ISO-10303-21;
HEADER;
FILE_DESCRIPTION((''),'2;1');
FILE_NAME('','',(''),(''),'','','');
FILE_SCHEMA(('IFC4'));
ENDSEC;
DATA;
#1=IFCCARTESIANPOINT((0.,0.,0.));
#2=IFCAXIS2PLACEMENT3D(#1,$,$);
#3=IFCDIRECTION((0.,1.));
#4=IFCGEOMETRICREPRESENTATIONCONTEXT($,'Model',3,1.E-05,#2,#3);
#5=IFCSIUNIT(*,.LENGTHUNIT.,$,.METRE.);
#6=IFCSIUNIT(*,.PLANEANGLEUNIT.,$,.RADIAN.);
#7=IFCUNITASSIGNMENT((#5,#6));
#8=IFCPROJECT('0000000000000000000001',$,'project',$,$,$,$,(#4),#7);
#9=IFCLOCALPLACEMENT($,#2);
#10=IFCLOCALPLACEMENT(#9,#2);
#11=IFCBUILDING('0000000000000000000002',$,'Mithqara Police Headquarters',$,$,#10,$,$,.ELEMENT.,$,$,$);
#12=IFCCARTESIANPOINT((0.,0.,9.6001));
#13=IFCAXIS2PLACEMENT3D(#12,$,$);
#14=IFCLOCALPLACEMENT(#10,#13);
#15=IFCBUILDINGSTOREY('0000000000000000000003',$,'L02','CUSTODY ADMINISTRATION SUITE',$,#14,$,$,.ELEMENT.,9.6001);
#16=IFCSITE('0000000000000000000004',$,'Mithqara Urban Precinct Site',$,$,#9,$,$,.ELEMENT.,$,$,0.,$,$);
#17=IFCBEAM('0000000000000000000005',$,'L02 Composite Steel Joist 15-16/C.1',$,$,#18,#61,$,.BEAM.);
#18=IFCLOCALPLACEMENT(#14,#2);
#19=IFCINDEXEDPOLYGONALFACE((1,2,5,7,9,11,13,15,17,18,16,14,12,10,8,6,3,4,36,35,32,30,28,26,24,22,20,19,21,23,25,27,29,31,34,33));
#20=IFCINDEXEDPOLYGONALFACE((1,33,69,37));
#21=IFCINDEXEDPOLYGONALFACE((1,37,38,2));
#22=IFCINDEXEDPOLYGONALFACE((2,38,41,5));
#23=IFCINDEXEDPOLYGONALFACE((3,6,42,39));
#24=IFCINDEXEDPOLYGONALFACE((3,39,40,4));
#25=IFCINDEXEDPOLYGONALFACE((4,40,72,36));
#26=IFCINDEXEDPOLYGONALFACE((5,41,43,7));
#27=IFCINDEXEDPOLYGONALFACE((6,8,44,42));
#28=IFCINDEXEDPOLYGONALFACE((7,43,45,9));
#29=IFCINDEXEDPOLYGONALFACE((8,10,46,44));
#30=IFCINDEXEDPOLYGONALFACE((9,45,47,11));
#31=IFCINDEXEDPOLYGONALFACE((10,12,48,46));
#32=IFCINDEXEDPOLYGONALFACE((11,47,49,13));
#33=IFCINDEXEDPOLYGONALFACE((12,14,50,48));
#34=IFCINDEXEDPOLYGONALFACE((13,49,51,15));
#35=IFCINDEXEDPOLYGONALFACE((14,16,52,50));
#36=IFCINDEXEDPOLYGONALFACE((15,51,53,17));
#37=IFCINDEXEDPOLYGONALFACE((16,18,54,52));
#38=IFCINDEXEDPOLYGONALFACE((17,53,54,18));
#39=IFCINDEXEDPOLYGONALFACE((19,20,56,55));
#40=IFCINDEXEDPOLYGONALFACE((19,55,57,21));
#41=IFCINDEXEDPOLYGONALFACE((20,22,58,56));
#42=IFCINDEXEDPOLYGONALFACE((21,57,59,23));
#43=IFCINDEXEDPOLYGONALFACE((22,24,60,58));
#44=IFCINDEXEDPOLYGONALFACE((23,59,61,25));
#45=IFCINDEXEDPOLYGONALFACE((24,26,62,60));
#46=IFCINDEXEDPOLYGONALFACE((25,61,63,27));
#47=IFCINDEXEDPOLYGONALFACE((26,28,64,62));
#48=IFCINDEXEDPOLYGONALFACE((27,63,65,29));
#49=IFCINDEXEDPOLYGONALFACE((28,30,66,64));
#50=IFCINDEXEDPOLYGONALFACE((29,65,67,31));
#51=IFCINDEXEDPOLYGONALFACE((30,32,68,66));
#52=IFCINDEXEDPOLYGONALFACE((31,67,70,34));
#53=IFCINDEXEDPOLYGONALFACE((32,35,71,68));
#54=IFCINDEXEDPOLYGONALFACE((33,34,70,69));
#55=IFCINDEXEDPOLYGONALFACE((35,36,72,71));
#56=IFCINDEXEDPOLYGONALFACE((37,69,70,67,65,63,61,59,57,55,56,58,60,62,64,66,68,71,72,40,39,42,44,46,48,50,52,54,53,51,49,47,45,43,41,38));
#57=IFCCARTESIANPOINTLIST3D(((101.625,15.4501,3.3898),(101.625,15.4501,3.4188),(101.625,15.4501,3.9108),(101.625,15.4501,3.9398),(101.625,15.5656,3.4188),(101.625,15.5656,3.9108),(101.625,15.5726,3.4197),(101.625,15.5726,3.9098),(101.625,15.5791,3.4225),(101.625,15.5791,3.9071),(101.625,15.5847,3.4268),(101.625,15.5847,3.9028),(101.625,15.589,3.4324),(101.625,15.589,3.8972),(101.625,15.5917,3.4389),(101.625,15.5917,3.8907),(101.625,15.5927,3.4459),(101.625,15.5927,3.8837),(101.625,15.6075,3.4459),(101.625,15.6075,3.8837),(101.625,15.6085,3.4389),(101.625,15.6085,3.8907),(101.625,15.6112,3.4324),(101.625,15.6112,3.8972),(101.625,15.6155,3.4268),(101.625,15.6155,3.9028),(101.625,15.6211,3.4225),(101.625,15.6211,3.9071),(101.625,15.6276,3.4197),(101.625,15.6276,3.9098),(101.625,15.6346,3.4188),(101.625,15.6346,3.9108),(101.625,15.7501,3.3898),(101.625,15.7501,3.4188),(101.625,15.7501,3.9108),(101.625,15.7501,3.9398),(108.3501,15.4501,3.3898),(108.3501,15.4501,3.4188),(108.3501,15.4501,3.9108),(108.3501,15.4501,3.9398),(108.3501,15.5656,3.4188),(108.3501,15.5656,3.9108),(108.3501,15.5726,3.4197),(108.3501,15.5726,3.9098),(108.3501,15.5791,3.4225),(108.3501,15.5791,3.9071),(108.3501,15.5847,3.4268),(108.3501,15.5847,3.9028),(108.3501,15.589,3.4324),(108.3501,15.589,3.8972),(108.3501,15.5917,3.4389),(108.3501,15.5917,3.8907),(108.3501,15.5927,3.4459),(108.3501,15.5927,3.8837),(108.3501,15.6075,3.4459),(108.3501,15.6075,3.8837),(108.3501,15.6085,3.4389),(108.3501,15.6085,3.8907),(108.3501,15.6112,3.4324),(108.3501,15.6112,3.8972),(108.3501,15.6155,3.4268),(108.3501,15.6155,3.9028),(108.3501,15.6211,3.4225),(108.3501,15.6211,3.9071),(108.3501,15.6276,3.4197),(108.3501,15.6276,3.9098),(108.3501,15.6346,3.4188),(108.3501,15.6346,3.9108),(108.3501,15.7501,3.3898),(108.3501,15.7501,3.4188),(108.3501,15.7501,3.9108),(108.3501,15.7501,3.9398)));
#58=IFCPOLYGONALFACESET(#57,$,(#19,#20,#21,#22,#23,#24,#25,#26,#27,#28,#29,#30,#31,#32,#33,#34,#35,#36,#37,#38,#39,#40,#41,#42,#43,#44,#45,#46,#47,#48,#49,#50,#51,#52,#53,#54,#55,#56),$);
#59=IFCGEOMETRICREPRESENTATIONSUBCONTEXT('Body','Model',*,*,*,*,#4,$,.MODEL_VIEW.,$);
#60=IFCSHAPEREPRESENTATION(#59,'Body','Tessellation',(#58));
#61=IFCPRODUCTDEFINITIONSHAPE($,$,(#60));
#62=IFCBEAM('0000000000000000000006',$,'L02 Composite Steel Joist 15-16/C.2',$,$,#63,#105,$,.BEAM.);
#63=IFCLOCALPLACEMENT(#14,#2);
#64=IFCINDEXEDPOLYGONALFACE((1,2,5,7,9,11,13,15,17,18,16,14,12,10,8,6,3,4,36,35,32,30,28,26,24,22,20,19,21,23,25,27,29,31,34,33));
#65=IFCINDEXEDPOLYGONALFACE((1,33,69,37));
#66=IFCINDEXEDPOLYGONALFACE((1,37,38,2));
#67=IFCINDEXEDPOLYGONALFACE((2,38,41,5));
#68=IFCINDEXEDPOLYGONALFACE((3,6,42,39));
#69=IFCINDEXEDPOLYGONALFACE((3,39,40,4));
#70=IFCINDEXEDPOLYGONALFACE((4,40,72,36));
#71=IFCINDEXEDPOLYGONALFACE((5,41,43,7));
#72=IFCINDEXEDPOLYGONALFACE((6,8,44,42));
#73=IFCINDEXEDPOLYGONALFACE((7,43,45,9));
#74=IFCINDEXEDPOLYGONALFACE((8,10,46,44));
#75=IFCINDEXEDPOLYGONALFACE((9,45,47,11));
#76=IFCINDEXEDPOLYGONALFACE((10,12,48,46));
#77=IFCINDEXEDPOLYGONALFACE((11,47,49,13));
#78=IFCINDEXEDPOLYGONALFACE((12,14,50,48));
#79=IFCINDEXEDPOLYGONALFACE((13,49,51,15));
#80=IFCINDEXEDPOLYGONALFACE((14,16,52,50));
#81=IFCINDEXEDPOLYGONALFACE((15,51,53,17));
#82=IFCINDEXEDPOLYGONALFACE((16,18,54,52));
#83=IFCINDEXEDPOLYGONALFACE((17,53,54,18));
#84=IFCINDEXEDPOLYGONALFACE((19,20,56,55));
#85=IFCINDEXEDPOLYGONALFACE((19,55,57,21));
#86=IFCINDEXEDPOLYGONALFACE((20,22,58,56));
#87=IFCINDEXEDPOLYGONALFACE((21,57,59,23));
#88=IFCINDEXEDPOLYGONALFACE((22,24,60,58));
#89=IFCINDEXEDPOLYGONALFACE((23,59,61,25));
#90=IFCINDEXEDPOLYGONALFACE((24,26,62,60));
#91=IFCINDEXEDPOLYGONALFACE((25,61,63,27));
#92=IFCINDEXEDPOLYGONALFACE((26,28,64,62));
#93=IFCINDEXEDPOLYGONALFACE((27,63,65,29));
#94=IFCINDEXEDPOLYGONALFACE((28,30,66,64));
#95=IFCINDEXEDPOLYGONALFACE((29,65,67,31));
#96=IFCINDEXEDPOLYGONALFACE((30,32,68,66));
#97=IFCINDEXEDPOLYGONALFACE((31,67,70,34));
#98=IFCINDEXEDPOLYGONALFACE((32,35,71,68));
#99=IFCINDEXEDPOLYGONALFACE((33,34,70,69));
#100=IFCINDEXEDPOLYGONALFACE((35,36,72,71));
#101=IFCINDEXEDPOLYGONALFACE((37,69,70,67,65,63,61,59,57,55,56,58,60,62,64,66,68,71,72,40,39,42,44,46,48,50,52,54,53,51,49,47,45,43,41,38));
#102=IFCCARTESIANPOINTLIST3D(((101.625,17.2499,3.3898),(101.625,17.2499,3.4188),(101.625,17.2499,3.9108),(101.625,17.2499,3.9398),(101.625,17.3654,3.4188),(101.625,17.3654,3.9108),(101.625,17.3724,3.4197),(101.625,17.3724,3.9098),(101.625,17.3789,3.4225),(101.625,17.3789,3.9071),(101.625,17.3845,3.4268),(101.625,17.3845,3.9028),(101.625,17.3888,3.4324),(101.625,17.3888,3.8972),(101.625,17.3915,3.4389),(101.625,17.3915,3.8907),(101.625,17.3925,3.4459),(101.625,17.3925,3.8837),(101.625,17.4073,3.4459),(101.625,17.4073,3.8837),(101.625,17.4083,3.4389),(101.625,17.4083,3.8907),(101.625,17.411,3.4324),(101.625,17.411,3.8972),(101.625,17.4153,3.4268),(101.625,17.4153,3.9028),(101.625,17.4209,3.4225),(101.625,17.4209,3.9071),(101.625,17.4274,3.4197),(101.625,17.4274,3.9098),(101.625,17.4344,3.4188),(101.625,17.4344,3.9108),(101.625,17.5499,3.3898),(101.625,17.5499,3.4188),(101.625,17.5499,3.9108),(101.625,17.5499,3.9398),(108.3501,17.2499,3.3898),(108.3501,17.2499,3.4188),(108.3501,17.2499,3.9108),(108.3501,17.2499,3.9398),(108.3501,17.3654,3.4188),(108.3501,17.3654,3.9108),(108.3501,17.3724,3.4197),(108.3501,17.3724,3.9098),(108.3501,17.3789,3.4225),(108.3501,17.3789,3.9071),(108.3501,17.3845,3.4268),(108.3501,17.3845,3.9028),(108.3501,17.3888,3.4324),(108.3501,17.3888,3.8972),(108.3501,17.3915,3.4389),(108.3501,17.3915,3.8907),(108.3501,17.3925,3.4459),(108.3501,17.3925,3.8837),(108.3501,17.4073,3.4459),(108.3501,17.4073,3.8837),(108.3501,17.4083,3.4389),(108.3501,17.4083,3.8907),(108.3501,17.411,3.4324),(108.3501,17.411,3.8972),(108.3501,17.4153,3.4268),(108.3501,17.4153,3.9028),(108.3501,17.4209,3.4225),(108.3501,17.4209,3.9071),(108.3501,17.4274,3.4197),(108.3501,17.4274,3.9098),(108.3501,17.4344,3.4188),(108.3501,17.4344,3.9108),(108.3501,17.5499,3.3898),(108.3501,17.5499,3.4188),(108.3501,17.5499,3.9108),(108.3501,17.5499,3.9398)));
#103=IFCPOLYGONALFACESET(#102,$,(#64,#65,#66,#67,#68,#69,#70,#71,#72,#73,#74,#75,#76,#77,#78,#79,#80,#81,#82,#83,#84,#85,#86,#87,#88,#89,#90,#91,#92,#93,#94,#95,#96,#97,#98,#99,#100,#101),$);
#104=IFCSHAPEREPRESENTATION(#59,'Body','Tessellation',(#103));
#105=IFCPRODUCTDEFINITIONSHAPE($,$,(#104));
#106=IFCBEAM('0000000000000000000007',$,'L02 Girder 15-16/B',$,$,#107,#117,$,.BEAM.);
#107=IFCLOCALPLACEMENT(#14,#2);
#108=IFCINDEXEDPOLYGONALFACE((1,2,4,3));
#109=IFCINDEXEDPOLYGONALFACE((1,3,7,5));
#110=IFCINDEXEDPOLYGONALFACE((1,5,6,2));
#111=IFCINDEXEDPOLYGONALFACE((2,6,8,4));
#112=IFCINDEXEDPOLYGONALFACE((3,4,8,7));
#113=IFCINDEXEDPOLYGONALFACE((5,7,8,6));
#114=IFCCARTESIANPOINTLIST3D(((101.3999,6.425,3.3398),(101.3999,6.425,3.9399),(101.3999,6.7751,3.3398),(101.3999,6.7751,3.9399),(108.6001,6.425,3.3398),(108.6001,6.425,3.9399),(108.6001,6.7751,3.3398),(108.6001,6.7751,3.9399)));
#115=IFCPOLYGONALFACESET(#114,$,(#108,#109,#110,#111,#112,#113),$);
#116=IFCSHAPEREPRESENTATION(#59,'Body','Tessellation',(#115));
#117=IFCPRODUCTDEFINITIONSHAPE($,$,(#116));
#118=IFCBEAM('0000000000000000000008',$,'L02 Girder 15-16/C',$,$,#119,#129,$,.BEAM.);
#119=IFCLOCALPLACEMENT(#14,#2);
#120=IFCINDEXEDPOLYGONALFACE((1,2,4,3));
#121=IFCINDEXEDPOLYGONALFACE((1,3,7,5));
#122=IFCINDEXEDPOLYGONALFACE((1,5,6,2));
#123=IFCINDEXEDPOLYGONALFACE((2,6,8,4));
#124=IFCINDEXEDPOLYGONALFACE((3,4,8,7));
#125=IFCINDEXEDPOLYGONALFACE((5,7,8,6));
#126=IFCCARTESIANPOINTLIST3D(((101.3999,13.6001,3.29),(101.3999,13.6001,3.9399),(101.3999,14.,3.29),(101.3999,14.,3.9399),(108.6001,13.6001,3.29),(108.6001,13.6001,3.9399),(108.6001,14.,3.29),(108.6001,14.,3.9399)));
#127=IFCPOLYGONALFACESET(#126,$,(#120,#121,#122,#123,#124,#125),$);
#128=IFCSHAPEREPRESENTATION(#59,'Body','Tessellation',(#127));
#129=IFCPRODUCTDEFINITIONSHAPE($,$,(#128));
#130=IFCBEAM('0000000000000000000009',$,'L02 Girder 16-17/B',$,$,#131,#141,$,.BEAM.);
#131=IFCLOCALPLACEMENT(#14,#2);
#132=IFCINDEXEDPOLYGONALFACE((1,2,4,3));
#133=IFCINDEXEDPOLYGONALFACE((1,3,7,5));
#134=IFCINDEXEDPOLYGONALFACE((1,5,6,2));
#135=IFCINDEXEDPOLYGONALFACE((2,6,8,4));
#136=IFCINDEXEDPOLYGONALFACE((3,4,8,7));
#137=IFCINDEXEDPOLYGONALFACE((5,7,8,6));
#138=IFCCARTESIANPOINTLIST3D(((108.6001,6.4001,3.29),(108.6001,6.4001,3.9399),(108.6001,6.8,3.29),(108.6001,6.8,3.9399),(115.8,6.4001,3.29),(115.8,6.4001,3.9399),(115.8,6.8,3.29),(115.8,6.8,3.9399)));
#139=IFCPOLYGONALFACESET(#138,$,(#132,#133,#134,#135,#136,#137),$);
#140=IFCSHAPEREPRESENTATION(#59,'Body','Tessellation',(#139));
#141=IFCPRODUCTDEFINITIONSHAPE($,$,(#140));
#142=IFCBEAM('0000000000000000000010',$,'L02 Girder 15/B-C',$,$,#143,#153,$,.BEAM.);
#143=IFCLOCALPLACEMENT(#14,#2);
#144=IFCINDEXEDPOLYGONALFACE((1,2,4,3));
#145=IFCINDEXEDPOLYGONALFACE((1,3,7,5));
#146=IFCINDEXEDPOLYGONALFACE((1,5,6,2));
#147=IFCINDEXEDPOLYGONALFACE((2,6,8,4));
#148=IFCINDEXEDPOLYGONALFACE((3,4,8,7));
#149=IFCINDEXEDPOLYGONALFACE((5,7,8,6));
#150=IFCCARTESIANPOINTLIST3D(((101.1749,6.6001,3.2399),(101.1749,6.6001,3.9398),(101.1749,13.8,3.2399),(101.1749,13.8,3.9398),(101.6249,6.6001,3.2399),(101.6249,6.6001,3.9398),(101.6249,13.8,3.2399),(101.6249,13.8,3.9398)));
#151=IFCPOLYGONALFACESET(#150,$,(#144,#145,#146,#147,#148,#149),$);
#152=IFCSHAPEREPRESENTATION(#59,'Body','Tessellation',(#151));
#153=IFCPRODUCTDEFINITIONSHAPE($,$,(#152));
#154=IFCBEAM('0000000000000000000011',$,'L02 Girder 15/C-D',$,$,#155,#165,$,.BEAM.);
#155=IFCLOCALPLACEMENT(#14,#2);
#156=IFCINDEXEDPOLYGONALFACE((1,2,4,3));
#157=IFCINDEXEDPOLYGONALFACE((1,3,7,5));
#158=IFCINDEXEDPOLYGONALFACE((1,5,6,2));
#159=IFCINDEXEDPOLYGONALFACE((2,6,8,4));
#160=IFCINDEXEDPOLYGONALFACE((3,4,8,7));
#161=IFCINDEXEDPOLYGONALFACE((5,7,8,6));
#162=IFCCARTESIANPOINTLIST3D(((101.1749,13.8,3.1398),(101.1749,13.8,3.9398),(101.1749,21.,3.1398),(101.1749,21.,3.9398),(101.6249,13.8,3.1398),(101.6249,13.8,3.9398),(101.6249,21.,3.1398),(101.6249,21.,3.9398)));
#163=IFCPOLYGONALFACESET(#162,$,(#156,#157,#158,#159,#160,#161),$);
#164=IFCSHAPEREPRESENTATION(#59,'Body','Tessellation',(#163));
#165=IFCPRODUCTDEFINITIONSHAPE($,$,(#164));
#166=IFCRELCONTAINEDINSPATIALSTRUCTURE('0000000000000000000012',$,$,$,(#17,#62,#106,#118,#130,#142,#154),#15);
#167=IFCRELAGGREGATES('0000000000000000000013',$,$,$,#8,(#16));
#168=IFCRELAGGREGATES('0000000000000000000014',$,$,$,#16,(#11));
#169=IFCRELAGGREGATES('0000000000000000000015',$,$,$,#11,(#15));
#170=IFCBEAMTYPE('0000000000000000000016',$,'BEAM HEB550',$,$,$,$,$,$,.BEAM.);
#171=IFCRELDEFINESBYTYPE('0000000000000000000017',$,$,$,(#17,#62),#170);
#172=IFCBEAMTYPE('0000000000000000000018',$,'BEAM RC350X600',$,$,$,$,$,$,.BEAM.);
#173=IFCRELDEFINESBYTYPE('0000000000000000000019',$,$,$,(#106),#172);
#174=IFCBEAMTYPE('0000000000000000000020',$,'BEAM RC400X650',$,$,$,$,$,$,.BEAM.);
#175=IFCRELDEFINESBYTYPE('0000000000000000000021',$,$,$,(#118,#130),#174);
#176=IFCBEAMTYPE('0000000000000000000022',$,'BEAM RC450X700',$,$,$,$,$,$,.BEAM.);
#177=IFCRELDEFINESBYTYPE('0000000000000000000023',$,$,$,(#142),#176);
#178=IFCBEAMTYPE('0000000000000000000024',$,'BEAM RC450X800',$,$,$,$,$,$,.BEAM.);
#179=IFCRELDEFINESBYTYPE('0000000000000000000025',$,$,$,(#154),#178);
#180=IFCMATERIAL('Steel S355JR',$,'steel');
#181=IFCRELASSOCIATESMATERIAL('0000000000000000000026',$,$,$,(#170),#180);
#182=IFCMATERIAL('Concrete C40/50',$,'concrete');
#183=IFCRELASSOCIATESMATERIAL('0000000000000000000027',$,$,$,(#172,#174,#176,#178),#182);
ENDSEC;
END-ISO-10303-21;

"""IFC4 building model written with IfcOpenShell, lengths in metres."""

from ifc_helpers import new_model, si_unit, direction, frame, origin, origin_2d, place, context, subcontext, project, spatial, rectangle, i_section, extrude, material, material_profile, profile_set, type_object, element, save


model = new_model("IFC4")

# Units and contexts
model_context = context("Model", 3, precision=1e-05, world=origin(), true_north=direction((0.0, 1.0)))
body_context = subcontext(model_context, "Body", "Model", "MODEL_VIEW")
ifc_project = project(units=[si_unit("LENGTHUNIT", "METRE"), si_unit("PLANEANGLEUNIT", "RADIAN")], contexts=[model_context])

# Site, building, storey
site_placement = place(None, origin())
site = spatial("IfcSite", under=ifc_project, at=site_placement, Name="Mithqara Urban Precinct Site", CompositionType="ELEMENT", RefElevation=0.0)
building_placement = place(site_placement, origin())
building = spatial("IfcBuilding", under=site, at=building_placement, Name="Mithqara Police Headquarters", CompositionType="ELEMENT")
storey_placement = place(building_placement, frame((0.0, 0.0, 9.6001)))
storey = spatial("IfcBuildingStorey", under=building, at=storey_placement, Name="L02", Description="CUSTODY ADMINISTRATION SUITE", CompositionType="ELEMENT", Elevation=9.6001)

# Beams
ifc_material_1 = material(Name="Steel S355JR", Category="steel")
ifc_material_profile_1 = material_profile(ifc_material_1, i_section(OverallWidth=0.3, OverallDepth=0.55, WebThickness=0.0149, FlangeThickness=0.0291, FilletRadius=0.0271, at=origin_2d()), Name="HEB 550")
ifc_profile_set_1 = profile_set([ifc_material_profile_1], Name="Steel S355JR")
beam_type_1 = type_object("IfcBeamType", Name="BEAM HEB550", PredefinedType="BEAM", material=ifc_profile_set_1)
for number, where, z_axis, x_axis, name in (
    (1, (101.625, 15.6001, 3.6648), (1.0, 0.0, 0.0), (0.0, 1.0, 0.0), "L02 Composite Steel Joist 15-16/C.1"),
    (2, (101.625, 17.3999, 3.6648), (1.0, 0.0, 0.0), (0.0, 1.0, 0.0), "L02 Composite Steel Joist 15-16/C.2"),
):
    element("IfcBeam", number, at=place(storey_placement, frame(where, z_axis=z_axis, x_axis=x_axis)), inside=storey, type_object=beam_type_1, Name=name, PredefinedType="BEAM", context=body_context, shape_type="SweptSolid", body=[
        extrude(i_section(OverallWidth=0.3, OverallDepth=0.55, WebThickness=0.0149, FlangeThickness=0.0291, FilletRadius=0.0271, at=origin_2d()), origin(), (0.0, 0.0, 1.0), 6.7251),
    ])
ifc_material_2 = material(Name="Concrete C40/50", Category="concrete")
ifc_material_profile_2 = material_profile(ifc_material_2, rectangle(XDim=0.3501, YDim=0.6001, at=origin_2d()), Name="RC 350x600")
ifc_profile_set_2 = profile_set([ifc_material_profile_2], Name="Concrete C40/50")
beam_type_2 = type_object("IfcBeamType", Name="BEAM RC350X600", PredefinedType="BEAM", material=ifc_profile_set_2)
beam_1_placement = place(storey_placement, frame((101.3999, 6.6001, 3.6399), z_axis=(1.0, 0.0, 0.0), x_axis=(0.0, 1.0, 0.0)))
element("IfcBeam", 3, at=beam_1_placement, inside=storey, type_object=beam_type_2, Name="L02 Girder 15-16/B", PredefinedType="BEAM", context=body_context, shape_type="SweptSolid", body=[
    extrude(rectangle(XDim=0.3501, YDim=0.6001, at=origin_2d()), origin(), (0.0, 0.0, 1.0), 7.2002),
])
ifc_material_profile_3 = material_profile(ifc_material_2, rectangle(XDim=0.3999, YDim=0.6499, at=origin_2d()), Name="RC 400x650")
ifc_profile_set_3 = profile_set([ifc_material_profile_3], Name="Concrete C40/50")
beam_type_3 = type_object("IfcBeamType", Name="BEAM RC400X650", PredefinedType="BEAM", material=ifc_profile_set_3)
beam_2_placement = place(storey_placement, frame((101.3999, 13.8, 3.615), z_axis=(1.0, 0.0, 0.0), x_axis=(0.0, 1.0, 0.0)))
element("IfcBeam", 4, at=beam_2_placement, inside=storey, type_object=beam_type_3, Name="L02 Girder 15-16/C", PredefinedType="BEAM", context=body_context, shape_type="SweptSolid", body=[
    extrude(rectangle(XDim=0.3999, YDim=0.6499, at=origin_2d()), origin(), (0.0, 0.0, 1.0), 7.2002),
])
beam_3_placement = place(storey_placement, frame((108.6001, 6.6001, 3.615), z_axis=(1.0, 0.0, 0.0), x_axis=(0.0, 1.0, 0.0)))
element("IfcBeam", 5, at=beam_3_placement, inside=storey, type_object=beam_type_3, Name="L02 Girder 16-17/B", PredefinedType="BEAM", context=body_context, shape_type="SweptSolid", body=[
    extrude(rectangle(XDim=0.3999, YDim=0.6499, at=origin_2d()), origin(), (0.0, 0.0, 1.0), 7.2),
])
ifc_material_profile_4 = material_profile(ifc_material_2, rectangle(XDim=0.45, YDim=0.7, at=origin_2d()), Name="RC 450x700")
ifc_profile_set_4 = profile_set([ifc_material_profile_4], Name="Concrete C40/50")
beam_type_4 = type_object("IfcBeamType", Name="BEAM RC450X700", PredefinedType="BEAM", material=ifc_profile_set_4)
beam_4_placement = place(storey_placement, frame((101.3999, 6.6001, 3.5898), z_axis=(0.0, 1.0, 0.0), x_axis=(-1.0, 0.0, 0.0)))
element("IfcBeam", 6, at=beam_4_placement, inside=storey, type_object=beam_type_4, Name="L02 Girder 15/B-C", PredefinedType="BEAM", context=body_context, shape_type="SweptSolid", body=[
    extrude(rectangle(XDim=0.45, YDim=0.7, at=origin_2d()), origin(), (0.0, 0.0, 1.0), 7.2),
])
ifc_material_profile_5 = material_profile(ifc_material_2, rectangle(XDim=0.45, YDim=0.8, at=origin_2d()), Name="RC 450x800")
ifc_profile_set_5 = profile_set([ifc_material_profile_5], Name="Concrete C40/50")
beam_type_5 = type_object("IfcBeamType", Name="BEAM RC450X800", PredefinedType="BEAM", material=ifc_profile_set_5)
beam_5_placement = place(storey_placement, frame((101.3999, 13.8, 3.5398), z_axis=(0.0, 1.0, 0.0), x_axis=(-1.0, 0.0, 0.0)))
element("IfcBeam", 7, at=beam_5_placement, inside=storey, type_object=beam_type_5, Name="L02 Girder 15/C-D", PredefinedType="BEAM", context=body_context, shape_type="SweptSolid", body=[
    extrude(rectangle(XDim=0.45, YDim=0.8, at=origin_2d()), origin(), (0.0, 0.0, 1.0), 7.2),
])

save(model, "model.ifc")
